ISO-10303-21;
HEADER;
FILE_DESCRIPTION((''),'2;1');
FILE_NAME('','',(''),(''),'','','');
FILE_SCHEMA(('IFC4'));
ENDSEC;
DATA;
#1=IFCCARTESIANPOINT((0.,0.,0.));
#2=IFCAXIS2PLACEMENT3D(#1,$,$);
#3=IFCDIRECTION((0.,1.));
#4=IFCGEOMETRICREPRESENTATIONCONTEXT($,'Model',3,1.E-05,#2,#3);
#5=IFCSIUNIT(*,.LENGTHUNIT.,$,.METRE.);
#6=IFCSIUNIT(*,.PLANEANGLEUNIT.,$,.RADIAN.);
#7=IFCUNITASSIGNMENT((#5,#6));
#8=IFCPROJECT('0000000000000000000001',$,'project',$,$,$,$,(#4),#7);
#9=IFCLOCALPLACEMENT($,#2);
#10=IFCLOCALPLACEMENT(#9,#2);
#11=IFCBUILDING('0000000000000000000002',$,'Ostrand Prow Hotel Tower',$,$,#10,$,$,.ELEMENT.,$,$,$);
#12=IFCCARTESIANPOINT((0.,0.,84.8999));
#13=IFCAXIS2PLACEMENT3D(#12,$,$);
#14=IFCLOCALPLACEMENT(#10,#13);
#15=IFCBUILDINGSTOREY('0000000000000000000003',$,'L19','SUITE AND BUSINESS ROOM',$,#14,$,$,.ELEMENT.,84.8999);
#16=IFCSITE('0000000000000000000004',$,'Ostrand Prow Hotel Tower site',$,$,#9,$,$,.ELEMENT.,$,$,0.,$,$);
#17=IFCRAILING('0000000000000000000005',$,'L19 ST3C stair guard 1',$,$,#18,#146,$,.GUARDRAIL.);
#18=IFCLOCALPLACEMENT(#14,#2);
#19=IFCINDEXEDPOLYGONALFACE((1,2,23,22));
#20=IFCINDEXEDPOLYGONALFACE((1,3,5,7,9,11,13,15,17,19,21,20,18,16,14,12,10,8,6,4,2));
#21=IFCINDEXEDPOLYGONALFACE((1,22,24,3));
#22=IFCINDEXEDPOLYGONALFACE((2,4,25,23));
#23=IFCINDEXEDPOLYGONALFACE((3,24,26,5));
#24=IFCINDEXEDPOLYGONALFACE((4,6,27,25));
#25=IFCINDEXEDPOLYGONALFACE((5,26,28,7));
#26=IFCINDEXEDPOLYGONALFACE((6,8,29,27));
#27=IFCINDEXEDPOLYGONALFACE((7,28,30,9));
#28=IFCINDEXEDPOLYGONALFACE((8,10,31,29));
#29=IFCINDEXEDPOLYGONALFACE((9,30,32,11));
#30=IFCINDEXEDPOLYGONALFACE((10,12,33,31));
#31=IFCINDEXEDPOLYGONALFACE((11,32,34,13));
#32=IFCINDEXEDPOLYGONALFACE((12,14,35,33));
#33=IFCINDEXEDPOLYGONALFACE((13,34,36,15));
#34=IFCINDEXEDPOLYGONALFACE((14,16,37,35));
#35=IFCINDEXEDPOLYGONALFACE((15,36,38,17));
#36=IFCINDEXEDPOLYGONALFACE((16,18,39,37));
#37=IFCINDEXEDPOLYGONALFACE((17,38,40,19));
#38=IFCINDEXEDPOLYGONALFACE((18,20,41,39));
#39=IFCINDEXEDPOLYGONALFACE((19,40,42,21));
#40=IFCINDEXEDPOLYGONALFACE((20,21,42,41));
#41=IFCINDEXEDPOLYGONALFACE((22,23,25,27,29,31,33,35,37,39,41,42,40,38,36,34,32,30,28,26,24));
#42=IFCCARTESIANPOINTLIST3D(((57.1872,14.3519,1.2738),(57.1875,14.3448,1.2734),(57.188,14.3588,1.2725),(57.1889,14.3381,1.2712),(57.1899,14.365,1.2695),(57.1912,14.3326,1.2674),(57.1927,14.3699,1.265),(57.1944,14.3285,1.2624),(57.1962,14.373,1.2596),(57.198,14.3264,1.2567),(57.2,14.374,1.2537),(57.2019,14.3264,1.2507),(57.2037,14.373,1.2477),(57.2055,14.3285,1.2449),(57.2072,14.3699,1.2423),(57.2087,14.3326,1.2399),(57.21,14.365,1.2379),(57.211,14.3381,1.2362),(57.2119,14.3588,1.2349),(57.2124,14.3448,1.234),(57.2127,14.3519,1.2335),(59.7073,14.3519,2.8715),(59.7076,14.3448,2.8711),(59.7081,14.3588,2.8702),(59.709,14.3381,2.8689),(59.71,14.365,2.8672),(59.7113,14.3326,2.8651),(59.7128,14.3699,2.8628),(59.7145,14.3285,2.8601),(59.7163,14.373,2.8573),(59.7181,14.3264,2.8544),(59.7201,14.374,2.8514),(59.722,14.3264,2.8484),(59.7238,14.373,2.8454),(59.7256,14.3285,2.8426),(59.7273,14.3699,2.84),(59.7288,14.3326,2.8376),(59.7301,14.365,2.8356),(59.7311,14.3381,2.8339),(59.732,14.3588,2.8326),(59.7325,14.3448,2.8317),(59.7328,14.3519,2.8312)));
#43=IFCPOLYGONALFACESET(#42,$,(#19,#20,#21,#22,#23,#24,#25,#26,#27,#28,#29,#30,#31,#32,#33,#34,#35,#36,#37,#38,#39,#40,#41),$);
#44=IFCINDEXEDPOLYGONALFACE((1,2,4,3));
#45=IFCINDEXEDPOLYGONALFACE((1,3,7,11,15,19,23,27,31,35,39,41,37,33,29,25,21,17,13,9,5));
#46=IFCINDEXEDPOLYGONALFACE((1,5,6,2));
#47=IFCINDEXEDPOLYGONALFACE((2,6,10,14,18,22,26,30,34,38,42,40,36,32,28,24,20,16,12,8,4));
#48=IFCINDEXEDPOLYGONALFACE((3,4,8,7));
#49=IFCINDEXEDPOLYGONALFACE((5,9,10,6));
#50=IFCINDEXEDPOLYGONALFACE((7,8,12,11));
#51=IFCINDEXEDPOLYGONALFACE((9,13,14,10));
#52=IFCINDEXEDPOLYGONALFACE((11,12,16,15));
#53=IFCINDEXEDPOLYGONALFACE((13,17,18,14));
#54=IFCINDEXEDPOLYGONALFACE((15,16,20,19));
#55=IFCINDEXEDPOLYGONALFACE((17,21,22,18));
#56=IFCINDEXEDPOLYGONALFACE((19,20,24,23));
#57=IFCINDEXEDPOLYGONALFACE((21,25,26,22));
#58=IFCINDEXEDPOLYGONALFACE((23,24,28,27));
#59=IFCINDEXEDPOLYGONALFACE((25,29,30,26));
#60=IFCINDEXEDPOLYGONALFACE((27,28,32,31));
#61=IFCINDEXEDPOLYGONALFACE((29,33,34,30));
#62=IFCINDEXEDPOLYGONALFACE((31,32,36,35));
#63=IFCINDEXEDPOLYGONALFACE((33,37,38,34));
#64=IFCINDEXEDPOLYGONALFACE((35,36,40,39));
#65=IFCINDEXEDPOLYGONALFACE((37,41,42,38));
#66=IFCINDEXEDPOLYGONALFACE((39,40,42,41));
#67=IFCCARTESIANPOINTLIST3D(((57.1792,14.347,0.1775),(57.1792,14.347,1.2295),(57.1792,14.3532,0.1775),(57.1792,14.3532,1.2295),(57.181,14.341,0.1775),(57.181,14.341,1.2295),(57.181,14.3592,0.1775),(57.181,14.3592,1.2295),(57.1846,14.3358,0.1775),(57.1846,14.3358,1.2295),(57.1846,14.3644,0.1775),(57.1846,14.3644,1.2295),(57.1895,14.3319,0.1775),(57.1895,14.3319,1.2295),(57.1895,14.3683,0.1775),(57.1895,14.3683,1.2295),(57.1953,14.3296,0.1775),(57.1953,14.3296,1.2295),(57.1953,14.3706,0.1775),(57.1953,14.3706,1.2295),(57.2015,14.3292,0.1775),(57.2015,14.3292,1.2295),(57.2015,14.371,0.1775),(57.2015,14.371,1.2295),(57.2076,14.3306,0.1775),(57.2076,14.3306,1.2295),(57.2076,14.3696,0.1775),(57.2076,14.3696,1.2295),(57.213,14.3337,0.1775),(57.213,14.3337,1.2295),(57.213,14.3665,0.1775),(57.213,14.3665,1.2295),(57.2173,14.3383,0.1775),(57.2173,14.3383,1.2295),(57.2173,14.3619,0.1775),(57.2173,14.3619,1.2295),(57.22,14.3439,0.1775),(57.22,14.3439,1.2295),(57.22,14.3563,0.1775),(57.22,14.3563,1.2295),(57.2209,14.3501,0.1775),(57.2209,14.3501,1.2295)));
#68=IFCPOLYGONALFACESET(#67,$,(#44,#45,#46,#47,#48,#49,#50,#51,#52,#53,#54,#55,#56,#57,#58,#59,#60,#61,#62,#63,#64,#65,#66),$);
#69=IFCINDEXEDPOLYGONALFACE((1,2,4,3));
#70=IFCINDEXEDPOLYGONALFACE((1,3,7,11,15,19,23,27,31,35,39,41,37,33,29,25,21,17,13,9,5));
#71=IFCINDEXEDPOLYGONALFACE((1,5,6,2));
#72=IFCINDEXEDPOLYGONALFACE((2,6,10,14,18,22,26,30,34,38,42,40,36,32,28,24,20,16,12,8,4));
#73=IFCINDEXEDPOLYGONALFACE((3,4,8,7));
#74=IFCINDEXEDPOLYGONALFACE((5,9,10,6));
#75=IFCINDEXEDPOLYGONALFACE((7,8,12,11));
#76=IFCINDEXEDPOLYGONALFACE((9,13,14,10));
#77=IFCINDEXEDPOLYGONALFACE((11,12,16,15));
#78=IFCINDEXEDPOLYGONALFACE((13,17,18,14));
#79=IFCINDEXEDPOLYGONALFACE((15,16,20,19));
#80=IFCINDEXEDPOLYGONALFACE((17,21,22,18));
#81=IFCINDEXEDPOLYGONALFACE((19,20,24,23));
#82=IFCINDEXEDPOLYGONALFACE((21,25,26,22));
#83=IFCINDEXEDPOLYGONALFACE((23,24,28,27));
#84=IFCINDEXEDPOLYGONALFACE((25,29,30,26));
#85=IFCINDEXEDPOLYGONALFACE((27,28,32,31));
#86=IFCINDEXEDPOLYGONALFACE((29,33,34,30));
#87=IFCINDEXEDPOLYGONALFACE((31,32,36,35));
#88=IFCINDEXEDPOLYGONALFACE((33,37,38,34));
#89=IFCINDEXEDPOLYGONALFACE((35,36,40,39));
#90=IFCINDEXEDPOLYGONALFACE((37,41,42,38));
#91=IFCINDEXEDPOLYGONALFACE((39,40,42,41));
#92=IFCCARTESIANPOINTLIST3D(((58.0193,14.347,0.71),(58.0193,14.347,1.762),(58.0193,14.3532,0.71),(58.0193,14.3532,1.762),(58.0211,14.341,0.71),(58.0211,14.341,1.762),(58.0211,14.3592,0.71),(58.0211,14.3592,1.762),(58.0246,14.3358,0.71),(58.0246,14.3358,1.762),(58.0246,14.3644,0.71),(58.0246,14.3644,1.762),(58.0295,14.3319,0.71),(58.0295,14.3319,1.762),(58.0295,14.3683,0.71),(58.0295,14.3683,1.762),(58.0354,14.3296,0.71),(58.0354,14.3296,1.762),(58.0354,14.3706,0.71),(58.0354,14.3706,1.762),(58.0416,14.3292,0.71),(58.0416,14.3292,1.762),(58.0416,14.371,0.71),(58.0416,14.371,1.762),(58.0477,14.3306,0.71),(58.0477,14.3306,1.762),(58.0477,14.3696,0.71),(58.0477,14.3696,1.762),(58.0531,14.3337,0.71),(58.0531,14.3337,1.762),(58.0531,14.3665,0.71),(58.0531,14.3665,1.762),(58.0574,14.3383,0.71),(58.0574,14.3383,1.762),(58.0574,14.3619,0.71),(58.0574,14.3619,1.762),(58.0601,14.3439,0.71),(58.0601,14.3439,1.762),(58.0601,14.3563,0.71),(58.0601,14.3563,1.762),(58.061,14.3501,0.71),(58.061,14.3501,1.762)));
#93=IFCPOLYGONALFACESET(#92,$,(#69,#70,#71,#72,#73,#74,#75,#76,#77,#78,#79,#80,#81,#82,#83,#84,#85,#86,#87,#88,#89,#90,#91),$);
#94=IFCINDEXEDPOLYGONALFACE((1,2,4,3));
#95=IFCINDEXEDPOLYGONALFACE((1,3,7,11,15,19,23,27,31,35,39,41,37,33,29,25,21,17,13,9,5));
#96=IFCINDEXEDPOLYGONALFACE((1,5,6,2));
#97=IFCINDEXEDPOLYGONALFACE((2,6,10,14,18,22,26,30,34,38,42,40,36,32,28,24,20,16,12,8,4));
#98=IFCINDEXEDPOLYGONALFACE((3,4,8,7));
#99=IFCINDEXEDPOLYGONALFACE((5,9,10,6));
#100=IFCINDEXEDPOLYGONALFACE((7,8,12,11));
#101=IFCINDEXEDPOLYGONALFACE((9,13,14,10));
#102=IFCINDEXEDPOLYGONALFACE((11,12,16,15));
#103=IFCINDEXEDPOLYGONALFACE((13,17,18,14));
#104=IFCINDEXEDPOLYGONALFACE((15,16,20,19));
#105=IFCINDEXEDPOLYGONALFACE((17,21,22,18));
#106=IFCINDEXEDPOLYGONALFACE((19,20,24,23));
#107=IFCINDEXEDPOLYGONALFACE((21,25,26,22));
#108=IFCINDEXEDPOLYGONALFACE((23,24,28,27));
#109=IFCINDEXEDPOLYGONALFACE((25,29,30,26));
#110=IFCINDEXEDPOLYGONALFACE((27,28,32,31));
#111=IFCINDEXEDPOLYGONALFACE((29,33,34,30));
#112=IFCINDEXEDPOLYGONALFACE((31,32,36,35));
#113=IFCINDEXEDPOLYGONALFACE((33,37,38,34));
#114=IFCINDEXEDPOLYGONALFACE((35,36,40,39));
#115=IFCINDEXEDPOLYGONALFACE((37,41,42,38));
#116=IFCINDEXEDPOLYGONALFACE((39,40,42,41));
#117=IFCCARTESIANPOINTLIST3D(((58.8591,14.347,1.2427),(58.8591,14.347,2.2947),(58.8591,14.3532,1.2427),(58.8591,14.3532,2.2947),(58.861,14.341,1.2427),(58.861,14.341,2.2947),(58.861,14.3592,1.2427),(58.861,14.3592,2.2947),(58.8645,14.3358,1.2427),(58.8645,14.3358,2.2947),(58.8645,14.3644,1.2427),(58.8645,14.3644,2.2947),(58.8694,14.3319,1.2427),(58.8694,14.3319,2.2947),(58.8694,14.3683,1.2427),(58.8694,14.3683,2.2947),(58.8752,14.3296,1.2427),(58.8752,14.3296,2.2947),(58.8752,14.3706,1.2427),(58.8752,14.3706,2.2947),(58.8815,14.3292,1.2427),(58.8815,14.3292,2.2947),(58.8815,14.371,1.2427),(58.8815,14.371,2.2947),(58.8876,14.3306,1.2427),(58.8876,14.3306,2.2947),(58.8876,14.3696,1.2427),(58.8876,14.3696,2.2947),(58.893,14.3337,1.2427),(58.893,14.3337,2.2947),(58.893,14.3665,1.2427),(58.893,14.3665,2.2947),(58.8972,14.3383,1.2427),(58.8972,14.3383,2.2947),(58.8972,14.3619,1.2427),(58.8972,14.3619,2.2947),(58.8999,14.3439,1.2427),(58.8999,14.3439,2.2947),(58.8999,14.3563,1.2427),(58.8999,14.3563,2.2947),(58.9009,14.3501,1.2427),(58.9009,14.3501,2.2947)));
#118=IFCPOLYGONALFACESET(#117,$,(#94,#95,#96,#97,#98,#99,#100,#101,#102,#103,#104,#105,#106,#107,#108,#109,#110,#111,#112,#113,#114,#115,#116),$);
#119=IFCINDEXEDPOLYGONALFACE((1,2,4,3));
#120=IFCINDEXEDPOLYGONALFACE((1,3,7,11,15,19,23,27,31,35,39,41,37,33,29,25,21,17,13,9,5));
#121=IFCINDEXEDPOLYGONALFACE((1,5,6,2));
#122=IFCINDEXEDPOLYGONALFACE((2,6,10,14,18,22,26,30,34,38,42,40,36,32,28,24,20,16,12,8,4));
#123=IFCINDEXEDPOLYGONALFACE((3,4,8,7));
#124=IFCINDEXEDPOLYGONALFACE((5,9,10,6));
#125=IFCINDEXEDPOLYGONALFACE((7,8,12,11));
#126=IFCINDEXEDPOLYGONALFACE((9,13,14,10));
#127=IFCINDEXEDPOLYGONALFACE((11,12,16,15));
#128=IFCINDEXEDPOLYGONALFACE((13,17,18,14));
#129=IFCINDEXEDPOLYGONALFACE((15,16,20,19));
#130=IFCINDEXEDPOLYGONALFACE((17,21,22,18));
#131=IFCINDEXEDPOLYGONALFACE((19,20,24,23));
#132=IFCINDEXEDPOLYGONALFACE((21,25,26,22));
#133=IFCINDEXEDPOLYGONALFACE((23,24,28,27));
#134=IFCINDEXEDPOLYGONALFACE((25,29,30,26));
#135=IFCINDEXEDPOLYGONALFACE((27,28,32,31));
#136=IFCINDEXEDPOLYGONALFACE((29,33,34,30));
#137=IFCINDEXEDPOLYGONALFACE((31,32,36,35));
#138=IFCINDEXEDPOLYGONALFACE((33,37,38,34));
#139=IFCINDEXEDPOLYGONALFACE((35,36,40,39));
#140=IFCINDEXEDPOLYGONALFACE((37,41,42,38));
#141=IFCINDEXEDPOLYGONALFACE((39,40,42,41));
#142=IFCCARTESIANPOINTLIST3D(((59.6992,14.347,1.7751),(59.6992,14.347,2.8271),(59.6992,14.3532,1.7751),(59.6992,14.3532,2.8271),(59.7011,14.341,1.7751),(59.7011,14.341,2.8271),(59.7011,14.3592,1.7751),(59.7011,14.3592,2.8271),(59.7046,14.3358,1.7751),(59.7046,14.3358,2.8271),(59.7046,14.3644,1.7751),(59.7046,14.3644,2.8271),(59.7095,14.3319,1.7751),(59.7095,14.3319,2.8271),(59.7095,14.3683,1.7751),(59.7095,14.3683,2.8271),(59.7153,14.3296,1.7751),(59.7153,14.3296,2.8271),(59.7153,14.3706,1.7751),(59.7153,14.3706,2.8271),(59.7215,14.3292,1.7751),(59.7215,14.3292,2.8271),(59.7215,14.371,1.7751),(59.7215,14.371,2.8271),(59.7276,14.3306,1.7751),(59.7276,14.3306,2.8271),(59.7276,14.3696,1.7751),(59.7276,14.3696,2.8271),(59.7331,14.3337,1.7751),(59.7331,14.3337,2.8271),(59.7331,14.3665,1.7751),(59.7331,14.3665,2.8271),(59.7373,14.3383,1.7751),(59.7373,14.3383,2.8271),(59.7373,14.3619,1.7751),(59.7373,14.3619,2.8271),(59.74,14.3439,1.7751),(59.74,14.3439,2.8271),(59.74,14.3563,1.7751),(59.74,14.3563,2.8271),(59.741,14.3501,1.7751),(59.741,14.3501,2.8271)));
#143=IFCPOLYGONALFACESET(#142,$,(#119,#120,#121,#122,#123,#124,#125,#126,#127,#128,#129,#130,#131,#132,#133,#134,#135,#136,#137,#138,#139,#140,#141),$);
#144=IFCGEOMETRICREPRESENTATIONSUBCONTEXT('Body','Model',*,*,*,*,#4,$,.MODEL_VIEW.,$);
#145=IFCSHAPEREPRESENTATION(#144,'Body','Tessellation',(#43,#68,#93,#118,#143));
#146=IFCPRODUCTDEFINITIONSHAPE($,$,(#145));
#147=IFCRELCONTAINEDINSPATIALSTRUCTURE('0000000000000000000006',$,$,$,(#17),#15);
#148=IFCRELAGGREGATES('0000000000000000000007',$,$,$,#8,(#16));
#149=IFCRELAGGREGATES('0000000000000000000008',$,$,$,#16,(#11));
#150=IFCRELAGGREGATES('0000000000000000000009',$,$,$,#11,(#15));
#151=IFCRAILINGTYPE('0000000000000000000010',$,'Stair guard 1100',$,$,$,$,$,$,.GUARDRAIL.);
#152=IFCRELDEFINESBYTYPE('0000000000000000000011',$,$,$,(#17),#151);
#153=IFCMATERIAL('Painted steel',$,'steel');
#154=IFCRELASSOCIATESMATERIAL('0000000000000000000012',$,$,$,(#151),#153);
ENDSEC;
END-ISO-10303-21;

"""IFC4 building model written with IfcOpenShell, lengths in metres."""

from ifc_helpers import new_model, si_unit, direction, frame, origin, origin_2d, place, context, subcontext, project, spatial, circle, extrude, material, type_object, element, save


model = new_model("IFC4")

# Units and contexts
model_context = context("Model", 3, precision=1e-05, world=origin(), true_north=direction((0.0, 1.0)))
body_context = subcontext(model_context, "Body", "Model", "MODEL_VIEW")
ifc_project = project(units=[si_unit("LENGTHUNIT", "METRE"), si_unit("PLANEANGLEUNIT", "RADIAN")], contexts=[model_context])

# Site, building, storey
site_placement = place(None, origin())
site = spatial("IfcSite", under=ifc_project, at=site_placement, Name="Ostrand Prow Hotel Tower site", CompositionType="ELEMENT", RefElevation=0.0)
building_placement = place(site_placement, origin())
building = spatial("IfcBuilding", under=site, at=building_placement, Name="Ostrand Prow Hotel Tower", CompositionType="ELEMENT")
storey_placement = place(building_placement, frame((0.0, 0.0, 84.8999)))
storey = spatial("IfcBuildingStorey", under=building, at=storey_placement, Name="L19", Description="SUITE AND BUSINESS ROOM", CompositionType="ELEMENT", Elevation=84.8999)

# Railing
ifc_material_1 = material(Name="Painted steel", Category="steel")
railing_type_1 = type_object("IfcRailingType", Name="Stair guard 1100", PredefinedType="GUARDRAIL", material=ifc_material_1)
railing_1_placement = place(storey_placement, frame((57.2, 14.3501, 0.1775)))
element("IfcRailing", 1, at=railing_1_placement, inside=storey, type_object=railing_type_1, Name="L19 ST3C stair guard 1", PredefinedType="GUARDRAIL", context=body_context, shape_type="SweptSolid", body=[
    extrude(circle(Radius=0.0239, at=origin_2d()), frame((0.0, 0.0, 1.0762), z_axis=(0.84457, 0.0, 0.535445), x_axis=(0.0, 1.0, 0.0)), (0.0, 0.0, 1.0), 2.9839),
    extrude(circle(Radius=0.021, at=origin_2d()), origin(), (0.0, 0.0, 1.0), 1.052),
    extrude(circle(Radius=0.021, at=origin_2d()), frame((0.8401, 0.0, 0.5325)), (0.0, 0.0, 1.0), 1.052),
    extrude(circle(Radius=0.021, at=origin_2d()), frame((1.6799, 0.0, 1.0652)), (0.0, 0.0, 1.0), 1.052),
    extrude(circle(Radius=0.021, at=origin_2d()), frame((2.52, 0.0, 1.5977)), (0.0, 0.0, 1.0), 1.052),
])

save(model, "model.ifc")
